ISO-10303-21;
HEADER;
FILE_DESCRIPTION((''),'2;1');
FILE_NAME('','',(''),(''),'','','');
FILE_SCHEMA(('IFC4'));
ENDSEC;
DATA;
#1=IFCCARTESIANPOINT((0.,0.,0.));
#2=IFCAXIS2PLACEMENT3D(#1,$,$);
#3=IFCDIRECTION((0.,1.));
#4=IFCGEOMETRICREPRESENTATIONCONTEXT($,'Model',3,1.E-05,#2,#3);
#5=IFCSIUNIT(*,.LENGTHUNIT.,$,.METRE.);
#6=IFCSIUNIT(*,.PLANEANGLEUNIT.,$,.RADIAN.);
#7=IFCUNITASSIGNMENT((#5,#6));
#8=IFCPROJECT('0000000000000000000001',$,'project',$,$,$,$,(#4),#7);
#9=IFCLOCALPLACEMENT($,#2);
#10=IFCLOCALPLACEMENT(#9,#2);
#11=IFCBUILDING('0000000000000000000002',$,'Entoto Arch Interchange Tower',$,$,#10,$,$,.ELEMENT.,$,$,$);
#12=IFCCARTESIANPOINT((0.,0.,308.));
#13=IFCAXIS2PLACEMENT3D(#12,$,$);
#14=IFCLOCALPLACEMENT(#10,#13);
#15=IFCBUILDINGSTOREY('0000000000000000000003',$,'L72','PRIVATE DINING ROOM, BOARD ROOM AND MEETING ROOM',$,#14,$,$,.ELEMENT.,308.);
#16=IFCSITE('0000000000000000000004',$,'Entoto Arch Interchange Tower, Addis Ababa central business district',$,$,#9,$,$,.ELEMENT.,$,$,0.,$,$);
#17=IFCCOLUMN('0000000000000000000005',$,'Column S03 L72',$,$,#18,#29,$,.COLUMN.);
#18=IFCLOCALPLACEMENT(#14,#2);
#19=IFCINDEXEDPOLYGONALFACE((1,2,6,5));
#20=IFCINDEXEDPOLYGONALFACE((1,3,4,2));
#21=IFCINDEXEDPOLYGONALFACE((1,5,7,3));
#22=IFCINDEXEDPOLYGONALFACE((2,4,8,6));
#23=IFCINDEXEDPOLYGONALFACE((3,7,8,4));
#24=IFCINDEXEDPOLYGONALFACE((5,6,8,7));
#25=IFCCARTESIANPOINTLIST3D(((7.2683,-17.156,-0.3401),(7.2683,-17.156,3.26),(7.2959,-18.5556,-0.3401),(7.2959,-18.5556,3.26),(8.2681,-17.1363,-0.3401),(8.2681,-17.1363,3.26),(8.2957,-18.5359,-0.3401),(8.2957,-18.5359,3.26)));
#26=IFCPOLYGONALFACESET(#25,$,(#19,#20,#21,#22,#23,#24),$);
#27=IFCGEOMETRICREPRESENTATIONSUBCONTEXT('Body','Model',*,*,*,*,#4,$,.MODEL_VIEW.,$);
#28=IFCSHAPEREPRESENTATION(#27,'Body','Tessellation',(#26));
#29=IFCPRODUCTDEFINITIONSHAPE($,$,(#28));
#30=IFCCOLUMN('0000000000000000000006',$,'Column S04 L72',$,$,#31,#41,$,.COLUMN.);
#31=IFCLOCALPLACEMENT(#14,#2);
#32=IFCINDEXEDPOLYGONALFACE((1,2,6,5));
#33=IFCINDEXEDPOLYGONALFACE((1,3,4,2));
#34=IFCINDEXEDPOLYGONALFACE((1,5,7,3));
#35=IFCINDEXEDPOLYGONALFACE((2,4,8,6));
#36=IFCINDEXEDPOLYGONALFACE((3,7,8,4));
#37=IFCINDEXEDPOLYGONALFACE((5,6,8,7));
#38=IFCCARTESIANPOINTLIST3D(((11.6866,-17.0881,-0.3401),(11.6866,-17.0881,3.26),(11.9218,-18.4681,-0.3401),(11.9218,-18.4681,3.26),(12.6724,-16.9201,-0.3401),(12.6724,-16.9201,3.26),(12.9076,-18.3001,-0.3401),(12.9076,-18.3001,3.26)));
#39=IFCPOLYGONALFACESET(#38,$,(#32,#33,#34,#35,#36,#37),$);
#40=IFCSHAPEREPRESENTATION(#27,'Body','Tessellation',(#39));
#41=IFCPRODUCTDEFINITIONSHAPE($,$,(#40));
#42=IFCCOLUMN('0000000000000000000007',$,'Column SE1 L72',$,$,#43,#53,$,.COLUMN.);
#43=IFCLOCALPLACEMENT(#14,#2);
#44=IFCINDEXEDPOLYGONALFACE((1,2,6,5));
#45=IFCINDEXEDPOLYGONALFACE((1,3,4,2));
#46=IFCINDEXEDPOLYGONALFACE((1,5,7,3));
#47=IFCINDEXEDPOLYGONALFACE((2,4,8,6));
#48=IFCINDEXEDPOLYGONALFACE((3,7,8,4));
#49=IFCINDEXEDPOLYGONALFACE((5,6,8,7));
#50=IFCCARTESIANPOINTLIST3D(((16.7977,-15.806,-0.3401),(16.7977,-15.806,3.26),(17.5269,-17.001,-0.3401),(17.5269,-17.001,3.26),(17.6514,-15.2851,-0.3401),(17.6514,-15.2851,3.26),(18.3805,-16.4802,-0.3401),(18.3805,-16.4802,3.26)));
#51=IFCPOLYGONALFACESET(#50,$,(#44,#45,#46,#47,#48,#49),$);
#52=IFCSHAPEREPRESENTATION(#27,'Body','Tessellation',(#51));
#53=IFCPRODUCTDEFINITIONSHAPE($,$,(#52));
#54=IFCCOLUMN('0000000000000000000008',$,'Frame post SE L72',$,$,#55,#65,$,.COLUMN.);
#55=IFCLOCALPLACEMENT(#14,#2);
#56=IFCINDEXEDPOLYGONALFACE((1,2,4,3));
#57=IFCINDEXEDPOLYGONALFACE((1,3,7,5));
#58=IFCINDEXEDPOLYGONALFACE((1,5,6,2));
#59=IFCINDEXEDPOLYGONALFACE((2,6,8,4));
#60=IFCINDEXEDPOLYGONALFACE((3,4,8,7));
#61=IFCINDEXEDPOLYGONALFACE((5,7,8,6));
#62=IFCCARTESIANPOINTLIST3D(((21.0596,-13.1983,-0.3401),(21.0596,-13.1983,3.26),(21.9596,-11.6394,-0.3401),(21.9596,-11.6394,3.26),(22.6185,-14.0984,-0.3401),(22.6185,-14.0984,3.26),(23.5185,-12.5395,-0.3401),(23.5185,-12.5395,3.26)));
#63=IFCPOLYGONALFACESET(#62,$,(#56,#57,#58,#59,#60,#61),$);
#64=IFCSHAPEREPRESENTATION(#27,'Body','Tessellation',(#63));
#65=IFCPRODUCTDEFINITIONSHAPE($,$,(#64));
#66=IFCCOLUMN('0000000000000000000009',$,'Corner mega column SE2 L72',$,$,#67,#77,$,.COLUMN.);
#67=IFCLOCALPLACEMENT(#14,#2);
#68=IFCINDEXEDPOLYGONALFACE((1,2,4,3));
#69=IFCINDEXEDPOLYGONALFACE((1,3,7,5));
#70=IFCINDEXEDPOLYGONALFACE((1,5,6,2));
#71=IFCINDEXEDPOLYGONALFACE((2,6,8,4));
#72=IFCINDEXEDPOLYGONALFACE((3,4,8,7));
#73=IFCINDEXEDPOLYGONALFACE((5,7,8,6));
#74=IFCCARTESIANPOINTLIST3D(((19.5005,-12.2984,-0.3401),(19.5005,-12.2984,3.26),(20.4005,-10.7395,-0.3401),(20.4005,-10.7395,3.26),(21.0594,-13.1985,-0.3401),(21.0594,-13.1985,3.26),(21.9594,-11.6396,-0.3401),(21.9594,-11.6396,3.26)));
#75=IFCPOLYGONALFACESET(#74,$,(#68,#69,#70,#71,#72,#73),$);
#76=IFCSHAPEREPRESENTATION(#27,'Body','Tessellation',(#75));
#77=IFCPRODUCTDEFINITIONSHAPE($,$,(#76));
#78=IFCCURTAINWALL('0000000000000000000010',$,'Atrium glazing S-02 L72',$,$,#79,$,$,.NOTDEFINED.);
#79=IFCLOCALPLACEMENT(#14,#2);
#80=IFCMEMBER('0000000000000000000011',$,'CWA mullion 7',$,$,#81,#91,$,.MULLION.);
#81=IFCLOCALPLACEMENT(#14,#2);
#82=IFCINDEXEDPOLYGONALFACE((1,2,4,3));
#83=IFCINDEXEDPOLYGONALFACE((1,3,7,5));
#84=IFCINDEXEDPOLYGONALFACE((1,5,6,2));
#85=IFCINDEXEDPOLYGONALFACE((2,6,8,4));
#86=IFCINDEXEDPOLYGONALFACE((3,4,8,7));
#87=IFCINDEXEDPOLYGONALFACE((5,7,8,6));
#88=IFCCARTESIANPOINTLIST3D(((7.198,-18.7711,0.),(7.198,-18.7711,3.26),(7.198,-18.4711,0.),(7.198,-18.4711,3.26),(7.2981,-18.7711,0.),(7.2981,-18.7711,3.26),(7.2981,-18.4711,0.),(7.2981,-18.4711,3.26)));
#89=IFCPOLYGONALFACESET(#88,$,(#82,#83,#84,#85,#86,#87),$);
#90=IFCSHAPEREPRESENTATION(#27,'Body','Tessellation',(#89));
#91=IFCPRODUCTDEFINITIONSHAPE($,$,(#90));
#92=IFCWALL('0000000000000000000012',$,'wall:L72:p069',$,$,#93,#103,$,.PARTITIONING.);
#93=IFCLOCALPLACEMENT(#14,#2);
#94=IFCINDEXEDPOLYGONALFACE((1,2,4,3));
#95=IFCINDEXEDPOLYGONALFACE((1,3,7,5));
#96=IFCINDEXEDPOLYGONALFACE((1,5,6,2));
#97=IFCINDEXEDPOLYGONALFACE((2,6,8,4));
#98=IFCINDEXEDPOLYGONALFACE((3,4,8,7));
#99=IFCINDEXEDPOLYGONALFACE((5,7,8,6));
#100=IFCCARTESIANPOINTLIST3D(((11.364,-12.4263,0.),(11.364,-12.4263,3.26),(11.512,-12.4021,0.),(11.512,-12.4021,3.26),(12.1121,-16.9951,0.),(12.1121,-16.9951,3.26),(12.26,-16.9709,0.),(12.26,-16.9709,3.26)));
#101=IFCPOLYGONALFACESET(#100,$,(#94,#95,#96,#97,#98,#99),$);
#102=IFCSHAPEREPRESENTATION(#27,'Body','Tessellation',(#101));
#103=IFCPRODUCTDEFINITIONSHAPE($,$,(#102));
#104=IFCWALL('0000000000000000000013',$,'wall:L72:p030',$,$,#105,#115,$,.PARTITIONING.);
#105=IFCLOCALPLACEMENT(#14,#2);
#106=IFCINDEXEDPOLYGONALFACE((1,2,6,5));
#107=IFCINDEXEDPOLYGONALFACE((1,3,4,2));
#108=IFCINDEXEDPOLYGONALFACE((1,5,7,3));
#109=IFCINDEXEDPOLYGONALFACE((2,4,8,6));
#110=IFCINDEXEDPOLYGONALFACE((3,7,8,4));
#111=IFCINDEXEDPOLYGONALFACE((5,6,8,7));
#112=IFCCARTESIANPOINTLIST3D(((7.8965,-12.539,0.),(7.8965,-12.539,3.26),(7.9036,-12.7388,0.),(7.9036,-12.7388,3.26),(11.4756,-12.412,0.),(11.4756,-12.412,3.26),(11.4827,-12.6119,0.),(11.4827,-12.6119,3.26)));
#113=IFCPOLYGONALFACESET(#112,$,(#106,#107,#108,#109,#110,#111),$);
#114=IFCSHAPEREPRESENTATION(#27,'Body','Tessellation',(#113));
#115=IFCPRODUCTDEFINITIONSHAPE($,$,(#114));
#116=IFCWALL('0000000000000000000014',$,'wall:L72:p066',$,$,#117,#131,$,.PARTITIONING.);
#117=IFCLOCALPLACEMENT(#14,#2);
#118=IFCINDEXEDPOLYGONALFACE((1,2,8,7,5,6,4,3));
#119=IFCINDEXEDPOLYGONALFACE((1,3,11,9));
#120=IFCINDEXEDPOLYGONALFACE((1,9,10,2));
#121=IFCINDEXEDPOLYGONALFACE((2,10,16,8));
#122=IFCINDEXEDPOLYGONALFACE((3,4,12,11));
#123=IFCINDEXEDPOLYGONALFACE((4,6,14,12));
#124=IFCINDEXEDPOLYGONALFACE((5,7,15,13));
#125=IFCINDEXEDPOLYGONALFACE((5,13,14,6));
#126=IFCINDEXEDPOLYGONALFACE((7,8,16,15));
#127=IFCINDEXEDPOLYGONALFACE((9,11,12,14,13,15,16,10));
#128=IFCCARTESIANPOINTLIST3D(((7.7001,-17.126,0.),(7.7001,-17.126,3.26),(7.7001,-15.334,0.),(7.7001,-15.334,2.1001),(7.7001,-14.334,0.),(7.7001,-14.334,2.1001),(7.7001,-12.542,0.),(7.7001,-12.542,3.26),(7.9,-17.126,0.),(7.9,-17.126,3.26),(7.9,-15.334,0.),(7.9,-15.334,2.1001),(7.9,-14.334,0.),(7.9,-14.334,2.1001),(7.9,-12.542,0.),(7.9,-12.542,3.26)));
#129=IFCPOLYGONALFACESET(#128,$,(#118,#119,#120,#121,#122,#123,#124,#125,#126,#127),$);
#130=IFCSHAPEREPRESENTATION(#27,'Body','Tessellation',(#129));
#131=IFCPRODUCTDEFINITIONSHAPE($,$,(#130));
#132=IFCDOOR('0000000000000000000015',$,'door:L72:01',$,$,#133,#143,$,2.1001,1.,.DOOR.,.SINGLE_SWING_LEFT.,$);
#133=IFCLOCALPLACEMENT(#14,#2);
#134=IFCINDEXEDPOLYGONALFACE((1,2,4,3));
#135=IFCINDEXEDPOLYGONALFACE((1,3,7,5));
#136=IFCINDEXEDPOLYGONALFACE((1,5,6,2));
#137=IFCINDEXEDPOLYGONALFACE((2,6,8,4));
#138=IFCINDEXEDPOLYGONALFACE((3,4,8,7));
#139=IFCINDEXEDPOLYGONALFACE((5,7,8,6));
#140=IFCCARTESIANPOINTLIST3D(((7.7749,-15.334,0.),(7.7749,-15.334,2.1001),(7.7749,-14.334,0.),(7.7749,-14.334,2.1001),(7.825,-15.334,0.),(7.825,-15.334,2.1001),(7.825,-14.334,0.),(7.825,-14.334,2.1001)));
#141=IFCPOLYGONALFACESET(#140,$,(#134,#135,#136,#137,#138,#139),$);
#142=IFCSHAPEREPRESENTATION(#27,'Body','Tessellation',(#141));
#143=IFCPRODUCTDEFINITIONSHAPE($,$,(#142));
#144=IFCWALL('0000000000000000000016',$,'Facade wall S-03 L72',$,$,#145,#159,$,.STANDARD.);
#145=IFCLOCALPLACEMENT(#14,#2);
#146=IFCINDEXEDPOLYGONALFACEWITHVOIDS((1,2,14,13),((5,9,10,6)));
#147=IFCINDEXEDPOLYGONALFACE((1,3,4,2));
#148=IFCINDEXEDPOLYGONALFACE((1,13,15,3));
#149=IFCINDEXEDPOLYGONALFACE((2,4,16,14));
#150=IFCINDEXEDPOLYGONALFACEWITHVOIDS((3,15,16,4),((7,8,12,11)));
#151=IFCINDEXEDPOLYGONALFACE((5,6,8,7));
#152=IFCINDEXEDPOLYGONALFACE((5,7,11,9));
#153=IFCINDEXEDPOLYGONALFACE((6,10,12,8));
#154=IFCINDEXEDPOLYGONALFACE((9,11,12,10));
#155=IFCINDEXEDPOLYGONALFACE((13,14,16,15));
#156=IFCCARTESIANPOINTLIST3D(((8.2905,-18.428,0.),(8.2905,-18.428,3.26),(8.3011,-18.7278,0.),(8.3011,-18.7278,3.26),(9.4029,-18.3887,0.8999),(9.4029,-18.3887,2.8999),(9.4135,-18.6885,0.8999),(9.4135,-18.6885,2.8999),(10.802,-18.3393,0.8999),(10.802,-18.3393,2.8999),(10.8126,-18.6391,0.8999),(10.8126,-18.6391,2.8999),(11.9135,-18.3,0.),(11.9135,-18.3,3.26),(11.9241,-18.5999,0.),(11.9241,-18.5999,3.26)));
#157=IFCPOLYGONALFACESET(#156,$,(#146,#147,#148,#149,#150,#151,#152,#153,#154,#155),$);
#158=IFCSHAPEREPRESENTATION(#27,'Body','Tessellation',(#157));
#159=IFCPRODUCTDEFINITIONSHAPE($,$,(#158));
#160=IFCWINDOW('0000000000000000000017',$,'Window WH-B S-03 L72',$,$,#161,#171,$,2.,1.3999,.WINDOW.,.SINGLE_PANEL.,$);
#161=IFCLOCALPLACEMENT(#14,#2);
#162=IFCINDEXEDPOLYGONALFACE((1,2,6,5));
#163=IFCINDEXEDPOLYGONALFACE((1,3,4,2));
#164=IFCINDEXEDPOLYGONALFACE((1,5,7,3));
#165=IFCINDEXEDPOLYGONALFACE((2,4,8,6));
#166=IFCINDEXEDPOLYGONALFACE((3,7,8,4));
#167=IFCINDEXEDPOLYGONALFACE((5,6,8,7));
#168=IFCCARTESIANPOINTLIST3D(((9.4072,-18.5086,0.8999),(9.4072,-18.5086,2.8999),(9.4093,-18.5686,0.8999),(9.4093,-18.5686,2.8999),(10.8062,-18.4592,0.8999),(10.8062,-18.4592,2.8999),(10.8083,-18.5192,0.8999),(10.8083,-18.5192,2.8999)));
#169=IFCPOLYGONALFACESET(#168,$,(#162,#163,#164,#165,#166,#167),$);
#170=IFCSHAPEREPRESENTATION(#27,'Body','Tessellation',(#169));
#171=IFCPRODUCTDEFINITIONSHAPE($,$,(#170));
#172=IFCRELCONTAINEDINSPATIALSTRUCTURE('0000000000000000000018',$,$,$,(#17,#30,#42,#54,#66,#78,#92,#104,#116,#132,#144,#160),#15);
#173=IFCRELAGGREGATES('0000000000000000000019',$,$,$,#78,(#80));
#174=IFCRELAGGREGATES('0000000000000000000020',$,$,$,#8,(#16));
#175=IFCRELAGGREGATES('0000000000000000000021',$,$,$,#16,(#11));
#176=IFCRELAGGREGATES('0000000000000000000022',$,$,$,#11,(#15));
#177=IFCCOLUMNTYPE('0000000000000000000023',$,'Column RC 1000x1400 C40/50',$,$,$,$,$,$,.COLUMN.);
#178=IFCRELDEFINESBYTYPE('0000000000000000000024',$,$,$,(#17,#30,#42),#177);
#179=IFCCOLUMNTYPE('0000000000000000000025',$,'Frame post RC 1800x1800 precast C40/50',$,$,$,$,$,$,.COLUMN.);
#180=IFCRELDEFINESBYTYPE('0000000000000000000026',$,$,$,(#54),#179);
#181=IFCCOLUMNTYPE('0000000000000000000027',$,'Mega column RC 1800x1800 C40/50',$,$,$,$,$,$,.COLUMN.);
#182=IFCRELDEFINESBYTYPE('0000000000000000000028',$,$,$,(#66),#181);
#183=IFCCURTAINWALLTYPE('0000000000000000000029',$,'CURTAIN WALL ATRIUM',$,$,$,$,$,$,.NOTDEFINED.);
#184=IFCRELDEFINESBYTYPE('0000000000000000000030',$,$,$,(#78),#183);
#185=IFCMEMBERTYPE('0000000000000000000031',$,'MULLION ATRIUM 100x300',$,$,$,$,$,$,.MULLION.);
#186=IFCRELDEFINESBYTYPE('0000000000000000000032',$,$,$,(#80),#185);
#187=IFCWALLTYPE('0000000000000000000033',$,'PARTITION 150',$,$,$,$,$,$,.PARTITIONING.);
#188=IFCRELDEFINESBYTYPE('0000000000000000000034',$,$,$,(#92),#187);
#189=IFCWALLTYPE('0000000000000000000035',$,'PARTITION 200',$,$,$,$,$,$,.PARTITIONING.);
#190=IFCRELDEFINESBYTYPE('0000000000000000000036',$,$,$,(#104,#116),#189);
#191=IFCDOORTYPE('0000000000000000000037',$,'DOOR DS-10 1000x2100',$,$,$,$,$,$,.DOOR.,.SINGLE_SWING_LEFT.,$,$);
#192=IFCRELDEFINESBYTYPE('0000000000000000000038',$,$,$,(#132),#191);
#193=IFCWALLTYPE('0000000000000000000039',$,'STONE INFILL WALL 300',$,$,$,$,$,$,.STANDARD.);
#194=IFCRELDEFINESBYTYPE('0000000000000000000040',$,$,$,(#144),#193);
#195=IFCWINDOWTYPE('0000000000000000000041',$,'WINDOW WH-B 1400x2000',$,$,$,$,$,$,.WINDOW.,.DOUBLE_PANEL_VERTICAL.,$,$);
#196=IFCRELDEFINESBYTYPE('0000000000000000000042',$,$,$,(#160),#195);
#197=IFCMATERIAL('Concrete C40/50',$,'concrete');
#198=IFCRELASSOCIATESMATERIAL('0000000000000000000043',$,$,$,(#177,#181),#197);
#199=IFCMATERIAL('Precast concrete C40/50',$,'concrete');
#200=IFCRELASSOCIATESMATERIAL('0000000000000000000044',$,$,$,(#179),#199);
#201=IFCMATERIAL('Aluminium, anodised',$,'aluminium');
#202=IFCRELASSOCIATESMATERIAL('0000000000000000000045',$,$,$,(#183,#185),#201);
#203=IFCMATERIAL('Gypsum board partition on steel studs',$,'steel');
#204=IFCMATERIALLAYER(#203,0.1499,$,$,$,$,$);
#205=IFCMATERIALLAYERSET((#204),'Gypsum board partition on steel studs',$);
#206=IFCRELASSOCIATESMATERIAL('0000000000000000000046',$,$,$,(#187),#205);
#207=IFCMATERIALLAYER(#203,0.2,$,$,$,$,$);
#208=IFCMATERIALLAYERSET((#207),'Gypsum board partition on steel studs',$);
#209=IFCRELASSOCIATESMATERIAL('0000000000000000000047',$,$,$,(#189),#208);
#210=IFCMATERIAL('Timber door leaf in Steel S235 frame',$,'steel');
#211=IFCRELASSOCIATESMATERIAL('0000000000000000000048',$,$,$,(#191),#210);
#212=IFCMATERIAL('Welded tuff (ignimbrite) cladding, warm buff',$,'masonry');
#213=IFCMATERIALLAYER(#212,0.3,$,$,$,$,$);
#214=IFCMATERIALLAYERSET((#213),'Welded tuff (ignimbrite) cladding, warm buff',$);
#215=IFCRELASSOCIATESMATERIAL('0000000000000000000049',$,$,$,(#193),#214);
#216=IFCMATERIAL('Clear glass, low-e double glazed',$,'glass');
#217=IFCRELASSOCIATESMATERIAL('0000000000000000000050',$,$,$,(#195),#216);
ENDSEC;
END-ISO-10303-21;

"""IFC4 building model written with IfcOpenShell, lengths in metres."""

from ifc_helpers import new_model, si_unit, direction, frame, frame_2d, origin, origin_2d, place, context, subcontext, project, spatial, rectangle, extrude, material, layer, layer_set, material_profile, profile_set, type_object, element, fill, aggregate, save


model = new_model("IFC4")

# Units and contexts
model_context = context("Model", 3, precision=1e-05, world=origin(), true_north=direction((0.0, 1.0)))
body_context = subcontext(model_context, "Body", "Model", "MODEL_VIEW")
ifc_project = project(units=[si_unit("LENGTHUNIT", "METRE"), si_unit("PLANEANGLEUNIT", "RADIAN")], contexts=[model_context])

# Site, building, storey
site_placement = place(None, origin())
site = spatial("IfcSite", under=ifc_project, at=site_placement, Name="Entoto Arch Interchange Tower, Addis Ababa central business district", CompositionType="ELEMENT", RefElevation=0.0)
building_placement = place(site_placement, origin())
building = spatial("IfcBuilding", under=site, at=building_placement, Name="Entoto Arch Interchange Tower", CompositionType="ELEMENT")
storey_placement = place(building_placement, frame((0.0, 0.0, 308.0)))
storey = spatial("IfcBuildingStorey", under=building, at=storey_placement, Name="L72", Description="PRIVATE DINING ROOM, BOARD ROOM AND MEETING ROOM", CompositionType="ELEMENT", Elevation=308.0)

# Columns
ifc_material_1 = material(Name="Concrete C40/50", Category="concrete")
ifc_material_profile_1 = material_profile(ifc_material_1, rectangle(XDim=1.0, YDim=1.3999, at=origin_2d()))
ifc_profile_set_1 = profile_set([ifc_material_profile_1], Name="Concrete C40/50")
column_type_1 = type_object("IfcColumnType", Name="Column RC 1000x1400 C40/50", PredefinedType="COLUMN", material=ifc_profile_set_1)
for number, where, z_axis, x_axis, name in (
    (1, (7.782, -17.8459, -0.3401), (0.0, 0.0, 1.0), (0.999806, 0.019721, 0.0), "Column S03 L72"),
    (2, (12.2971, -17.6941, -0.3401), (0.0, 0.0, 1.0), (0.985786, 0.168008, 0.0), "Column S04 L72"),
    (3, (17.5891, -16.1431, -0.3401), (0.0, 0.0, 1.0), (0.853651, 0.520846, 0.0), "Column SE1 L72"),
):
    element("IfcColumn", number, at=place(storey_placement, frame(where, z_axis=z_axis, x_axis=x_axis)), inside=storey, type_object=column_type_1, Name=name, PredefinedType="COLUMN", context=body_context, shape_type="SweptSolid", body=[
        extrude(rectangle(XDim=1.0, YDim=1.3999, at=origin_2d()), origin(), (0.0, 0.0, 1.0), 3.6001),
    ])
ifc_material_2 = material(Name="Precast concrete C40/50", Category="concrete")
ifc_material_profile_2 = material_profile(ifc_material_2, rectangle(XDim=1.8, YDim=1.8, at=origin_2d()))
ifc_profile_set_2 = profile_set([ifc_material_profile_2], Name="Precast concrete C40/50")
column_type_2 = type_object("IfcColumnType", Name="Frame post RC 1800x1800 precast C40/50", PredefinedType="COLUMN", material=ifc_profile_set_2)
column_1_placement = place(storey_placement, frame((22.2891, -12.8689, -0.3401), z_axis=(0.0, 0.0, 1.0), x_axis=(-0.866025, 0.5, 0.0)))
element("IfcColumn", 4, at=column_1_placement, inside=storey, type_object=column_type_2, Name="Frame post SE L72", PredefinedType="COLUMN", context=body_context, shape_type="SweptSolid", body=[
    extrude(rectangle(XDim=1.8, YDim=1.8, at=origin_2d()), origin(), (0.0, 0.0, 1.0), 3.6001),
])
ifc_material_profile_3 = material_profile(ifc_material_1, rectangle(XDim=1.8, YDim=1.8, at=origin_2d()))
ifc_profile_set_3 = profile_set([ifc_material_profile_3], Name="Concrete C40/50")
column_type_3 = type_object("IfcColumnType", Name="Mega column RC 1800x1800 C40/50", PredefinedType="COLUMN", material=ifc_profile_set_3)
column_2_placement = place(storey_placement, frame((20.73, -11.969, -0.3401), z_axis=(0.0, 0.0, 1.0), x_axis=(-0.866025, 0.5, 0.0)))
element("IfcColumn", 5, at=column_2_placement, inside=storey, type_object=column_type_3, Name="Corner mega column SE2 L72", PredefinedType="COLUMN", context=body_context, shape_type="SweptSolid", body=[
    extrude(rectangle(XDim=1.8, YDim=1.8, at=origin_2d()), origin(), (0.0, 0.0, 1.0), 3.6001),
])

# Curtain wall, member
ifc_material_3 = material(Name="Aluminium, anodised", Category="aluminium")
curtain_wall_type = type_object("IfcCurtainWallType", Name="CURTAIN WALL ATRIUM", PredefinedType="NOTDEFINED", material=ifc_material_3)
curtain_wall_placement = place(storey_placement, origin())
curtain_wall = element("IfcCurtainWall", 6, at=curtain_wall_placement, inside=storey, type_object=curtain_wall_type, Name="Atrium glazing S-02 L72", PredefinedType="NOTDEFINED")
ifc_material_profile_4 = material_profile(ifc_material_3, rectangle(XDim=0.3, YDim=0.1001, at=origin_2d()))
ifc_profile_set_4 = profile_set([ifc_material_profile_4], Name="Aluminium, anodised")
member_type = type_object("IfcMemberType", Name="MULLION ATRIUM 100x300", PredefinedType="MULLION", material=ifc_profile_set_4)
member_placement = place(storey_placement, frame((7.248, -18.6211, 0.0), z_axis=(0.0, 0.0, 1.0), x_axis=(0.0, 1.0, 0.0)))
member = element("IfcMember", 7, at=member_placement, type_object=member_type, Name="CWA mullion 7", PredefinedType="MULLION", context=body_context, shape_type="SweptSolid", body=[
    extrude(rectangle(XDim=0.3, YDim=0.1001, at=origin_2d()), origin(), (0.0, 0.0, 1.0), 3.26),
])
aggregate(curtain_wall, [member])

# Walls
ifc_material_4 = material(Name="Gypsum board partition on steel studs", Category="steel")
ifc_layer_1 = layer(ifc_material_4, 0.1499)
ifc_layer_set_1 = layer_set([ifc_layer_1], Name="Gypsum board partition on steel studs")
wall_type_1 = type_object("IfcWallType", Name="PARTITION 150", PredefinedType="PARTITIONING", material=ifc_layer_set_1)
wall_1_placement = place(storey_placement, frame((11.438, -12.4141, 0.0), z_axis=(0.0, 0.0, 1.0), x_axis=(0.161576, -0.98686, 0.0)))
element("IfcWall", 8, at=wall_1_placement, inside=storey, type_object=wall_type_1, Name="wall:L72:p069", PredefinedType="PARTITIONING", context=body_context, shape_type="SweptSolid", body=[
    extrude(rectangle(XDim=4.6296, YDim=0.1499, at=frame_2d((2.3149, 0.0))), origin(), (0.0, 0.0, 1.0), 3.26),
])
ifc_layer_2 = layer(ifc_material_4, 0.2)
ifc_layer_set_2 = layer_set([ifc_layer_2], Name="Gypsum board partition on steel studs")
wall_type_2 = type_object("IfcWallType", Name="PARTITION 200", PredefinedType="PARTITIONING", material=ifc_layer_set_2)
wall_2_placement = place(storey_placement, frame((11.479, -12.512, 0.0), z_axis=(0.0, 0.0, 1.0), x_axis=(-0.999372, -0.035448, 0.0)))
element("IfcWall", 9, at=wall_2_placement, inside=storey, type_object=wall_type_2, Name="wall:L72:p030", PredefinedType="PARTITIONING", context=body_context, shape_type="SweptSolid", body=[
    extrude(rectangle(XDim=3.5813, YDim=0.2, at=frame_2d((1.7905, 0.0))), origin(), (0.0, 0.0, 1.0), 3.26),
])

# Wall, opening, door
wall_3_placement = place(storey_placement, frame((7.8, -12.542, 0.0), z_axis=(0.0, 0.0, 1.0), x_axis=(0.0, -1.0, 0.0)))
wall_3 = element("IfcWall", 10, at=wall_3_placement, inside=storey, type_object=wall_type_2, Name="wall:L72:p066", PredefinedType="PARTITIONING", context=body_context, shape_type="SweptSolid", body=[
    extrude(rectangle(XDim=4.584, YDim=0.2, at=frame_2d((2.292, 0.0))), origin(), (0.0, 0.0, 1.0), 3.26),
])
opening_1_placement = place(wall_3_placement, frame((1.792, 0.0, 0.0)))
opening_1 = element("IfcOpeningElement", 11, at=opening_1_placement, cuts=wall_3, PredefinedType="OPENING", context=body_context, shape_type="SweptSolid", body=[
    extrude(rectangle(XDim=1.0, YDim=2.1001, at=frame_2d((0.5, 1.05))), frame((0.0, 0.1099, 0.0), z_axis=(0.0, -1.0, 0.0), x_axis=(1.0, 0.0, 0.0)), (0.0, 0.0, 1.0), 0.22),
])
ifc_material_5 = material(Name="Timber door leaf in Steel S235 frame", Category="steel")
door_type = type_object("IfcDoorType", Name="DOOR DS-10 1000x2100", OperationType="SINGLE_SWING_LEFT", PredefinedType="DOOR", material=ifc_material_5)
door_placement = place(opening_1_placement, origin())
door = element("IfcDoor", 12, at=door_placement, inside=storey, type_object=door_type, Name="door:L72:01", OperationType="SINGLE_SWING_LEFT", OverallHeight=2.1001, OverallWidth=1.0, PredefinedType="DOOR", context=body_context, shape_type="SweptSolid", body=[
    extrude(rectangle(XDim=1.0, YDim=2.1001, at=frame_2d((0.5, 1.05))), frame((0.0, 0.0249, 0.0), z_axis=(0.0, -1.0, 0.0), x_axis=(1.0, 0.0, 0.0)), (0.0, 0.0, 1.0), 0.05),
])
fill(opening_1, door)

# Wall, opening, window
ifc_material_6 = material(Name="Welded tuff (ignimbrite) cladding, warm buff", Category="masonry")
ifc_layer_3 = layer(ifc_material_6, 0.3)
ifc_layer_set_3 = layer_set([ifc_layer_3], Name="Welded tuff (ignimbrite) cladding, warm buff")
wall_type_3 = type_object("IfcWallType", Name="STONE INFILL WALL 300", PredefinedType="STANDARD", material=ifc_layer_set_3)
wall_4_placement = place(storey_placement, frame((8.2959, -18.5779, 0.0), z_axis=(0.0, 0.0, 1.0), x_axis=(0.999377, 0.035288, 0.0)))
wall_4 = element("IfcWall", 13, at=wall_4_placement, inside=storey, type_object=wall_type_3, Name="Facade wall S-03 L72", PredefinedType="STANDARD", context=body_context, shape_type="SweptSolid", body=[
    extrude(rectangle(XDim=3.6252, YDim=0.3, at=frame_2d((1.8125, 0.0))), origin(), (0.0, 0.0, 1.0), 3.26),
])
opening_2_placement = place(wall_4_placement, frame((1.113, 0.0, 0.8999)))
opening_2 = element("IfcOpeningElement", 14, at=opening_2_placement, cuts=wall_4, PredefinedType="OPENING", context=body_context, shape_type="SweptSolid", body=[
    extrude(rectangle(XDim=1.3999, YDim=2.0, at=frame_2d((0.7, 1.0))), frame((0.0, 0.1602, 0.0), z_axis=(0.0, -1.0, 0.0), x_axis=(1.0, 0.0, 0.0)), (0.0, 0.0, 1.0), 0.3201),
])
ifc_material_7 = material(Name="Clear glass, low-e double glazed", Category="glass")
window_type = type_object("IfcWindowType", Name="WINDOW WH-B 1400x2000", PartitioningType="DOUBLE_PANEL_VERTICAL", PredefinedType="WINDOW", material=ifc_material_7)
window_1_placement = place(opening_2_placement, origin())
window_1 = element("IfcWindow", 15, at=window_1_placement, inside=storey, type_object=window_type, Name="Window WH-B S-03 L72", OverallHeight=2.0, OverallWidth=1.3999, PartitioningType="SINGLE_PANEL", PredefinedType="WINDOW", context=body_context, shape_type="SweptSolid", body=[
    extrude(rectangle(XDim=1.3999, YDim=2.0, at=frame_2d((0.7, 1.0))), frame((0.0, 0.03, 0.0), z_axis=(0.0, -1.0, 0.0), x_axis=(1.0, 0.0, 0.0)), (0.0, 0.0, 1.0), 0.0601),
])
fill(opening_2, window_1)

save(model, "model.ifc")
